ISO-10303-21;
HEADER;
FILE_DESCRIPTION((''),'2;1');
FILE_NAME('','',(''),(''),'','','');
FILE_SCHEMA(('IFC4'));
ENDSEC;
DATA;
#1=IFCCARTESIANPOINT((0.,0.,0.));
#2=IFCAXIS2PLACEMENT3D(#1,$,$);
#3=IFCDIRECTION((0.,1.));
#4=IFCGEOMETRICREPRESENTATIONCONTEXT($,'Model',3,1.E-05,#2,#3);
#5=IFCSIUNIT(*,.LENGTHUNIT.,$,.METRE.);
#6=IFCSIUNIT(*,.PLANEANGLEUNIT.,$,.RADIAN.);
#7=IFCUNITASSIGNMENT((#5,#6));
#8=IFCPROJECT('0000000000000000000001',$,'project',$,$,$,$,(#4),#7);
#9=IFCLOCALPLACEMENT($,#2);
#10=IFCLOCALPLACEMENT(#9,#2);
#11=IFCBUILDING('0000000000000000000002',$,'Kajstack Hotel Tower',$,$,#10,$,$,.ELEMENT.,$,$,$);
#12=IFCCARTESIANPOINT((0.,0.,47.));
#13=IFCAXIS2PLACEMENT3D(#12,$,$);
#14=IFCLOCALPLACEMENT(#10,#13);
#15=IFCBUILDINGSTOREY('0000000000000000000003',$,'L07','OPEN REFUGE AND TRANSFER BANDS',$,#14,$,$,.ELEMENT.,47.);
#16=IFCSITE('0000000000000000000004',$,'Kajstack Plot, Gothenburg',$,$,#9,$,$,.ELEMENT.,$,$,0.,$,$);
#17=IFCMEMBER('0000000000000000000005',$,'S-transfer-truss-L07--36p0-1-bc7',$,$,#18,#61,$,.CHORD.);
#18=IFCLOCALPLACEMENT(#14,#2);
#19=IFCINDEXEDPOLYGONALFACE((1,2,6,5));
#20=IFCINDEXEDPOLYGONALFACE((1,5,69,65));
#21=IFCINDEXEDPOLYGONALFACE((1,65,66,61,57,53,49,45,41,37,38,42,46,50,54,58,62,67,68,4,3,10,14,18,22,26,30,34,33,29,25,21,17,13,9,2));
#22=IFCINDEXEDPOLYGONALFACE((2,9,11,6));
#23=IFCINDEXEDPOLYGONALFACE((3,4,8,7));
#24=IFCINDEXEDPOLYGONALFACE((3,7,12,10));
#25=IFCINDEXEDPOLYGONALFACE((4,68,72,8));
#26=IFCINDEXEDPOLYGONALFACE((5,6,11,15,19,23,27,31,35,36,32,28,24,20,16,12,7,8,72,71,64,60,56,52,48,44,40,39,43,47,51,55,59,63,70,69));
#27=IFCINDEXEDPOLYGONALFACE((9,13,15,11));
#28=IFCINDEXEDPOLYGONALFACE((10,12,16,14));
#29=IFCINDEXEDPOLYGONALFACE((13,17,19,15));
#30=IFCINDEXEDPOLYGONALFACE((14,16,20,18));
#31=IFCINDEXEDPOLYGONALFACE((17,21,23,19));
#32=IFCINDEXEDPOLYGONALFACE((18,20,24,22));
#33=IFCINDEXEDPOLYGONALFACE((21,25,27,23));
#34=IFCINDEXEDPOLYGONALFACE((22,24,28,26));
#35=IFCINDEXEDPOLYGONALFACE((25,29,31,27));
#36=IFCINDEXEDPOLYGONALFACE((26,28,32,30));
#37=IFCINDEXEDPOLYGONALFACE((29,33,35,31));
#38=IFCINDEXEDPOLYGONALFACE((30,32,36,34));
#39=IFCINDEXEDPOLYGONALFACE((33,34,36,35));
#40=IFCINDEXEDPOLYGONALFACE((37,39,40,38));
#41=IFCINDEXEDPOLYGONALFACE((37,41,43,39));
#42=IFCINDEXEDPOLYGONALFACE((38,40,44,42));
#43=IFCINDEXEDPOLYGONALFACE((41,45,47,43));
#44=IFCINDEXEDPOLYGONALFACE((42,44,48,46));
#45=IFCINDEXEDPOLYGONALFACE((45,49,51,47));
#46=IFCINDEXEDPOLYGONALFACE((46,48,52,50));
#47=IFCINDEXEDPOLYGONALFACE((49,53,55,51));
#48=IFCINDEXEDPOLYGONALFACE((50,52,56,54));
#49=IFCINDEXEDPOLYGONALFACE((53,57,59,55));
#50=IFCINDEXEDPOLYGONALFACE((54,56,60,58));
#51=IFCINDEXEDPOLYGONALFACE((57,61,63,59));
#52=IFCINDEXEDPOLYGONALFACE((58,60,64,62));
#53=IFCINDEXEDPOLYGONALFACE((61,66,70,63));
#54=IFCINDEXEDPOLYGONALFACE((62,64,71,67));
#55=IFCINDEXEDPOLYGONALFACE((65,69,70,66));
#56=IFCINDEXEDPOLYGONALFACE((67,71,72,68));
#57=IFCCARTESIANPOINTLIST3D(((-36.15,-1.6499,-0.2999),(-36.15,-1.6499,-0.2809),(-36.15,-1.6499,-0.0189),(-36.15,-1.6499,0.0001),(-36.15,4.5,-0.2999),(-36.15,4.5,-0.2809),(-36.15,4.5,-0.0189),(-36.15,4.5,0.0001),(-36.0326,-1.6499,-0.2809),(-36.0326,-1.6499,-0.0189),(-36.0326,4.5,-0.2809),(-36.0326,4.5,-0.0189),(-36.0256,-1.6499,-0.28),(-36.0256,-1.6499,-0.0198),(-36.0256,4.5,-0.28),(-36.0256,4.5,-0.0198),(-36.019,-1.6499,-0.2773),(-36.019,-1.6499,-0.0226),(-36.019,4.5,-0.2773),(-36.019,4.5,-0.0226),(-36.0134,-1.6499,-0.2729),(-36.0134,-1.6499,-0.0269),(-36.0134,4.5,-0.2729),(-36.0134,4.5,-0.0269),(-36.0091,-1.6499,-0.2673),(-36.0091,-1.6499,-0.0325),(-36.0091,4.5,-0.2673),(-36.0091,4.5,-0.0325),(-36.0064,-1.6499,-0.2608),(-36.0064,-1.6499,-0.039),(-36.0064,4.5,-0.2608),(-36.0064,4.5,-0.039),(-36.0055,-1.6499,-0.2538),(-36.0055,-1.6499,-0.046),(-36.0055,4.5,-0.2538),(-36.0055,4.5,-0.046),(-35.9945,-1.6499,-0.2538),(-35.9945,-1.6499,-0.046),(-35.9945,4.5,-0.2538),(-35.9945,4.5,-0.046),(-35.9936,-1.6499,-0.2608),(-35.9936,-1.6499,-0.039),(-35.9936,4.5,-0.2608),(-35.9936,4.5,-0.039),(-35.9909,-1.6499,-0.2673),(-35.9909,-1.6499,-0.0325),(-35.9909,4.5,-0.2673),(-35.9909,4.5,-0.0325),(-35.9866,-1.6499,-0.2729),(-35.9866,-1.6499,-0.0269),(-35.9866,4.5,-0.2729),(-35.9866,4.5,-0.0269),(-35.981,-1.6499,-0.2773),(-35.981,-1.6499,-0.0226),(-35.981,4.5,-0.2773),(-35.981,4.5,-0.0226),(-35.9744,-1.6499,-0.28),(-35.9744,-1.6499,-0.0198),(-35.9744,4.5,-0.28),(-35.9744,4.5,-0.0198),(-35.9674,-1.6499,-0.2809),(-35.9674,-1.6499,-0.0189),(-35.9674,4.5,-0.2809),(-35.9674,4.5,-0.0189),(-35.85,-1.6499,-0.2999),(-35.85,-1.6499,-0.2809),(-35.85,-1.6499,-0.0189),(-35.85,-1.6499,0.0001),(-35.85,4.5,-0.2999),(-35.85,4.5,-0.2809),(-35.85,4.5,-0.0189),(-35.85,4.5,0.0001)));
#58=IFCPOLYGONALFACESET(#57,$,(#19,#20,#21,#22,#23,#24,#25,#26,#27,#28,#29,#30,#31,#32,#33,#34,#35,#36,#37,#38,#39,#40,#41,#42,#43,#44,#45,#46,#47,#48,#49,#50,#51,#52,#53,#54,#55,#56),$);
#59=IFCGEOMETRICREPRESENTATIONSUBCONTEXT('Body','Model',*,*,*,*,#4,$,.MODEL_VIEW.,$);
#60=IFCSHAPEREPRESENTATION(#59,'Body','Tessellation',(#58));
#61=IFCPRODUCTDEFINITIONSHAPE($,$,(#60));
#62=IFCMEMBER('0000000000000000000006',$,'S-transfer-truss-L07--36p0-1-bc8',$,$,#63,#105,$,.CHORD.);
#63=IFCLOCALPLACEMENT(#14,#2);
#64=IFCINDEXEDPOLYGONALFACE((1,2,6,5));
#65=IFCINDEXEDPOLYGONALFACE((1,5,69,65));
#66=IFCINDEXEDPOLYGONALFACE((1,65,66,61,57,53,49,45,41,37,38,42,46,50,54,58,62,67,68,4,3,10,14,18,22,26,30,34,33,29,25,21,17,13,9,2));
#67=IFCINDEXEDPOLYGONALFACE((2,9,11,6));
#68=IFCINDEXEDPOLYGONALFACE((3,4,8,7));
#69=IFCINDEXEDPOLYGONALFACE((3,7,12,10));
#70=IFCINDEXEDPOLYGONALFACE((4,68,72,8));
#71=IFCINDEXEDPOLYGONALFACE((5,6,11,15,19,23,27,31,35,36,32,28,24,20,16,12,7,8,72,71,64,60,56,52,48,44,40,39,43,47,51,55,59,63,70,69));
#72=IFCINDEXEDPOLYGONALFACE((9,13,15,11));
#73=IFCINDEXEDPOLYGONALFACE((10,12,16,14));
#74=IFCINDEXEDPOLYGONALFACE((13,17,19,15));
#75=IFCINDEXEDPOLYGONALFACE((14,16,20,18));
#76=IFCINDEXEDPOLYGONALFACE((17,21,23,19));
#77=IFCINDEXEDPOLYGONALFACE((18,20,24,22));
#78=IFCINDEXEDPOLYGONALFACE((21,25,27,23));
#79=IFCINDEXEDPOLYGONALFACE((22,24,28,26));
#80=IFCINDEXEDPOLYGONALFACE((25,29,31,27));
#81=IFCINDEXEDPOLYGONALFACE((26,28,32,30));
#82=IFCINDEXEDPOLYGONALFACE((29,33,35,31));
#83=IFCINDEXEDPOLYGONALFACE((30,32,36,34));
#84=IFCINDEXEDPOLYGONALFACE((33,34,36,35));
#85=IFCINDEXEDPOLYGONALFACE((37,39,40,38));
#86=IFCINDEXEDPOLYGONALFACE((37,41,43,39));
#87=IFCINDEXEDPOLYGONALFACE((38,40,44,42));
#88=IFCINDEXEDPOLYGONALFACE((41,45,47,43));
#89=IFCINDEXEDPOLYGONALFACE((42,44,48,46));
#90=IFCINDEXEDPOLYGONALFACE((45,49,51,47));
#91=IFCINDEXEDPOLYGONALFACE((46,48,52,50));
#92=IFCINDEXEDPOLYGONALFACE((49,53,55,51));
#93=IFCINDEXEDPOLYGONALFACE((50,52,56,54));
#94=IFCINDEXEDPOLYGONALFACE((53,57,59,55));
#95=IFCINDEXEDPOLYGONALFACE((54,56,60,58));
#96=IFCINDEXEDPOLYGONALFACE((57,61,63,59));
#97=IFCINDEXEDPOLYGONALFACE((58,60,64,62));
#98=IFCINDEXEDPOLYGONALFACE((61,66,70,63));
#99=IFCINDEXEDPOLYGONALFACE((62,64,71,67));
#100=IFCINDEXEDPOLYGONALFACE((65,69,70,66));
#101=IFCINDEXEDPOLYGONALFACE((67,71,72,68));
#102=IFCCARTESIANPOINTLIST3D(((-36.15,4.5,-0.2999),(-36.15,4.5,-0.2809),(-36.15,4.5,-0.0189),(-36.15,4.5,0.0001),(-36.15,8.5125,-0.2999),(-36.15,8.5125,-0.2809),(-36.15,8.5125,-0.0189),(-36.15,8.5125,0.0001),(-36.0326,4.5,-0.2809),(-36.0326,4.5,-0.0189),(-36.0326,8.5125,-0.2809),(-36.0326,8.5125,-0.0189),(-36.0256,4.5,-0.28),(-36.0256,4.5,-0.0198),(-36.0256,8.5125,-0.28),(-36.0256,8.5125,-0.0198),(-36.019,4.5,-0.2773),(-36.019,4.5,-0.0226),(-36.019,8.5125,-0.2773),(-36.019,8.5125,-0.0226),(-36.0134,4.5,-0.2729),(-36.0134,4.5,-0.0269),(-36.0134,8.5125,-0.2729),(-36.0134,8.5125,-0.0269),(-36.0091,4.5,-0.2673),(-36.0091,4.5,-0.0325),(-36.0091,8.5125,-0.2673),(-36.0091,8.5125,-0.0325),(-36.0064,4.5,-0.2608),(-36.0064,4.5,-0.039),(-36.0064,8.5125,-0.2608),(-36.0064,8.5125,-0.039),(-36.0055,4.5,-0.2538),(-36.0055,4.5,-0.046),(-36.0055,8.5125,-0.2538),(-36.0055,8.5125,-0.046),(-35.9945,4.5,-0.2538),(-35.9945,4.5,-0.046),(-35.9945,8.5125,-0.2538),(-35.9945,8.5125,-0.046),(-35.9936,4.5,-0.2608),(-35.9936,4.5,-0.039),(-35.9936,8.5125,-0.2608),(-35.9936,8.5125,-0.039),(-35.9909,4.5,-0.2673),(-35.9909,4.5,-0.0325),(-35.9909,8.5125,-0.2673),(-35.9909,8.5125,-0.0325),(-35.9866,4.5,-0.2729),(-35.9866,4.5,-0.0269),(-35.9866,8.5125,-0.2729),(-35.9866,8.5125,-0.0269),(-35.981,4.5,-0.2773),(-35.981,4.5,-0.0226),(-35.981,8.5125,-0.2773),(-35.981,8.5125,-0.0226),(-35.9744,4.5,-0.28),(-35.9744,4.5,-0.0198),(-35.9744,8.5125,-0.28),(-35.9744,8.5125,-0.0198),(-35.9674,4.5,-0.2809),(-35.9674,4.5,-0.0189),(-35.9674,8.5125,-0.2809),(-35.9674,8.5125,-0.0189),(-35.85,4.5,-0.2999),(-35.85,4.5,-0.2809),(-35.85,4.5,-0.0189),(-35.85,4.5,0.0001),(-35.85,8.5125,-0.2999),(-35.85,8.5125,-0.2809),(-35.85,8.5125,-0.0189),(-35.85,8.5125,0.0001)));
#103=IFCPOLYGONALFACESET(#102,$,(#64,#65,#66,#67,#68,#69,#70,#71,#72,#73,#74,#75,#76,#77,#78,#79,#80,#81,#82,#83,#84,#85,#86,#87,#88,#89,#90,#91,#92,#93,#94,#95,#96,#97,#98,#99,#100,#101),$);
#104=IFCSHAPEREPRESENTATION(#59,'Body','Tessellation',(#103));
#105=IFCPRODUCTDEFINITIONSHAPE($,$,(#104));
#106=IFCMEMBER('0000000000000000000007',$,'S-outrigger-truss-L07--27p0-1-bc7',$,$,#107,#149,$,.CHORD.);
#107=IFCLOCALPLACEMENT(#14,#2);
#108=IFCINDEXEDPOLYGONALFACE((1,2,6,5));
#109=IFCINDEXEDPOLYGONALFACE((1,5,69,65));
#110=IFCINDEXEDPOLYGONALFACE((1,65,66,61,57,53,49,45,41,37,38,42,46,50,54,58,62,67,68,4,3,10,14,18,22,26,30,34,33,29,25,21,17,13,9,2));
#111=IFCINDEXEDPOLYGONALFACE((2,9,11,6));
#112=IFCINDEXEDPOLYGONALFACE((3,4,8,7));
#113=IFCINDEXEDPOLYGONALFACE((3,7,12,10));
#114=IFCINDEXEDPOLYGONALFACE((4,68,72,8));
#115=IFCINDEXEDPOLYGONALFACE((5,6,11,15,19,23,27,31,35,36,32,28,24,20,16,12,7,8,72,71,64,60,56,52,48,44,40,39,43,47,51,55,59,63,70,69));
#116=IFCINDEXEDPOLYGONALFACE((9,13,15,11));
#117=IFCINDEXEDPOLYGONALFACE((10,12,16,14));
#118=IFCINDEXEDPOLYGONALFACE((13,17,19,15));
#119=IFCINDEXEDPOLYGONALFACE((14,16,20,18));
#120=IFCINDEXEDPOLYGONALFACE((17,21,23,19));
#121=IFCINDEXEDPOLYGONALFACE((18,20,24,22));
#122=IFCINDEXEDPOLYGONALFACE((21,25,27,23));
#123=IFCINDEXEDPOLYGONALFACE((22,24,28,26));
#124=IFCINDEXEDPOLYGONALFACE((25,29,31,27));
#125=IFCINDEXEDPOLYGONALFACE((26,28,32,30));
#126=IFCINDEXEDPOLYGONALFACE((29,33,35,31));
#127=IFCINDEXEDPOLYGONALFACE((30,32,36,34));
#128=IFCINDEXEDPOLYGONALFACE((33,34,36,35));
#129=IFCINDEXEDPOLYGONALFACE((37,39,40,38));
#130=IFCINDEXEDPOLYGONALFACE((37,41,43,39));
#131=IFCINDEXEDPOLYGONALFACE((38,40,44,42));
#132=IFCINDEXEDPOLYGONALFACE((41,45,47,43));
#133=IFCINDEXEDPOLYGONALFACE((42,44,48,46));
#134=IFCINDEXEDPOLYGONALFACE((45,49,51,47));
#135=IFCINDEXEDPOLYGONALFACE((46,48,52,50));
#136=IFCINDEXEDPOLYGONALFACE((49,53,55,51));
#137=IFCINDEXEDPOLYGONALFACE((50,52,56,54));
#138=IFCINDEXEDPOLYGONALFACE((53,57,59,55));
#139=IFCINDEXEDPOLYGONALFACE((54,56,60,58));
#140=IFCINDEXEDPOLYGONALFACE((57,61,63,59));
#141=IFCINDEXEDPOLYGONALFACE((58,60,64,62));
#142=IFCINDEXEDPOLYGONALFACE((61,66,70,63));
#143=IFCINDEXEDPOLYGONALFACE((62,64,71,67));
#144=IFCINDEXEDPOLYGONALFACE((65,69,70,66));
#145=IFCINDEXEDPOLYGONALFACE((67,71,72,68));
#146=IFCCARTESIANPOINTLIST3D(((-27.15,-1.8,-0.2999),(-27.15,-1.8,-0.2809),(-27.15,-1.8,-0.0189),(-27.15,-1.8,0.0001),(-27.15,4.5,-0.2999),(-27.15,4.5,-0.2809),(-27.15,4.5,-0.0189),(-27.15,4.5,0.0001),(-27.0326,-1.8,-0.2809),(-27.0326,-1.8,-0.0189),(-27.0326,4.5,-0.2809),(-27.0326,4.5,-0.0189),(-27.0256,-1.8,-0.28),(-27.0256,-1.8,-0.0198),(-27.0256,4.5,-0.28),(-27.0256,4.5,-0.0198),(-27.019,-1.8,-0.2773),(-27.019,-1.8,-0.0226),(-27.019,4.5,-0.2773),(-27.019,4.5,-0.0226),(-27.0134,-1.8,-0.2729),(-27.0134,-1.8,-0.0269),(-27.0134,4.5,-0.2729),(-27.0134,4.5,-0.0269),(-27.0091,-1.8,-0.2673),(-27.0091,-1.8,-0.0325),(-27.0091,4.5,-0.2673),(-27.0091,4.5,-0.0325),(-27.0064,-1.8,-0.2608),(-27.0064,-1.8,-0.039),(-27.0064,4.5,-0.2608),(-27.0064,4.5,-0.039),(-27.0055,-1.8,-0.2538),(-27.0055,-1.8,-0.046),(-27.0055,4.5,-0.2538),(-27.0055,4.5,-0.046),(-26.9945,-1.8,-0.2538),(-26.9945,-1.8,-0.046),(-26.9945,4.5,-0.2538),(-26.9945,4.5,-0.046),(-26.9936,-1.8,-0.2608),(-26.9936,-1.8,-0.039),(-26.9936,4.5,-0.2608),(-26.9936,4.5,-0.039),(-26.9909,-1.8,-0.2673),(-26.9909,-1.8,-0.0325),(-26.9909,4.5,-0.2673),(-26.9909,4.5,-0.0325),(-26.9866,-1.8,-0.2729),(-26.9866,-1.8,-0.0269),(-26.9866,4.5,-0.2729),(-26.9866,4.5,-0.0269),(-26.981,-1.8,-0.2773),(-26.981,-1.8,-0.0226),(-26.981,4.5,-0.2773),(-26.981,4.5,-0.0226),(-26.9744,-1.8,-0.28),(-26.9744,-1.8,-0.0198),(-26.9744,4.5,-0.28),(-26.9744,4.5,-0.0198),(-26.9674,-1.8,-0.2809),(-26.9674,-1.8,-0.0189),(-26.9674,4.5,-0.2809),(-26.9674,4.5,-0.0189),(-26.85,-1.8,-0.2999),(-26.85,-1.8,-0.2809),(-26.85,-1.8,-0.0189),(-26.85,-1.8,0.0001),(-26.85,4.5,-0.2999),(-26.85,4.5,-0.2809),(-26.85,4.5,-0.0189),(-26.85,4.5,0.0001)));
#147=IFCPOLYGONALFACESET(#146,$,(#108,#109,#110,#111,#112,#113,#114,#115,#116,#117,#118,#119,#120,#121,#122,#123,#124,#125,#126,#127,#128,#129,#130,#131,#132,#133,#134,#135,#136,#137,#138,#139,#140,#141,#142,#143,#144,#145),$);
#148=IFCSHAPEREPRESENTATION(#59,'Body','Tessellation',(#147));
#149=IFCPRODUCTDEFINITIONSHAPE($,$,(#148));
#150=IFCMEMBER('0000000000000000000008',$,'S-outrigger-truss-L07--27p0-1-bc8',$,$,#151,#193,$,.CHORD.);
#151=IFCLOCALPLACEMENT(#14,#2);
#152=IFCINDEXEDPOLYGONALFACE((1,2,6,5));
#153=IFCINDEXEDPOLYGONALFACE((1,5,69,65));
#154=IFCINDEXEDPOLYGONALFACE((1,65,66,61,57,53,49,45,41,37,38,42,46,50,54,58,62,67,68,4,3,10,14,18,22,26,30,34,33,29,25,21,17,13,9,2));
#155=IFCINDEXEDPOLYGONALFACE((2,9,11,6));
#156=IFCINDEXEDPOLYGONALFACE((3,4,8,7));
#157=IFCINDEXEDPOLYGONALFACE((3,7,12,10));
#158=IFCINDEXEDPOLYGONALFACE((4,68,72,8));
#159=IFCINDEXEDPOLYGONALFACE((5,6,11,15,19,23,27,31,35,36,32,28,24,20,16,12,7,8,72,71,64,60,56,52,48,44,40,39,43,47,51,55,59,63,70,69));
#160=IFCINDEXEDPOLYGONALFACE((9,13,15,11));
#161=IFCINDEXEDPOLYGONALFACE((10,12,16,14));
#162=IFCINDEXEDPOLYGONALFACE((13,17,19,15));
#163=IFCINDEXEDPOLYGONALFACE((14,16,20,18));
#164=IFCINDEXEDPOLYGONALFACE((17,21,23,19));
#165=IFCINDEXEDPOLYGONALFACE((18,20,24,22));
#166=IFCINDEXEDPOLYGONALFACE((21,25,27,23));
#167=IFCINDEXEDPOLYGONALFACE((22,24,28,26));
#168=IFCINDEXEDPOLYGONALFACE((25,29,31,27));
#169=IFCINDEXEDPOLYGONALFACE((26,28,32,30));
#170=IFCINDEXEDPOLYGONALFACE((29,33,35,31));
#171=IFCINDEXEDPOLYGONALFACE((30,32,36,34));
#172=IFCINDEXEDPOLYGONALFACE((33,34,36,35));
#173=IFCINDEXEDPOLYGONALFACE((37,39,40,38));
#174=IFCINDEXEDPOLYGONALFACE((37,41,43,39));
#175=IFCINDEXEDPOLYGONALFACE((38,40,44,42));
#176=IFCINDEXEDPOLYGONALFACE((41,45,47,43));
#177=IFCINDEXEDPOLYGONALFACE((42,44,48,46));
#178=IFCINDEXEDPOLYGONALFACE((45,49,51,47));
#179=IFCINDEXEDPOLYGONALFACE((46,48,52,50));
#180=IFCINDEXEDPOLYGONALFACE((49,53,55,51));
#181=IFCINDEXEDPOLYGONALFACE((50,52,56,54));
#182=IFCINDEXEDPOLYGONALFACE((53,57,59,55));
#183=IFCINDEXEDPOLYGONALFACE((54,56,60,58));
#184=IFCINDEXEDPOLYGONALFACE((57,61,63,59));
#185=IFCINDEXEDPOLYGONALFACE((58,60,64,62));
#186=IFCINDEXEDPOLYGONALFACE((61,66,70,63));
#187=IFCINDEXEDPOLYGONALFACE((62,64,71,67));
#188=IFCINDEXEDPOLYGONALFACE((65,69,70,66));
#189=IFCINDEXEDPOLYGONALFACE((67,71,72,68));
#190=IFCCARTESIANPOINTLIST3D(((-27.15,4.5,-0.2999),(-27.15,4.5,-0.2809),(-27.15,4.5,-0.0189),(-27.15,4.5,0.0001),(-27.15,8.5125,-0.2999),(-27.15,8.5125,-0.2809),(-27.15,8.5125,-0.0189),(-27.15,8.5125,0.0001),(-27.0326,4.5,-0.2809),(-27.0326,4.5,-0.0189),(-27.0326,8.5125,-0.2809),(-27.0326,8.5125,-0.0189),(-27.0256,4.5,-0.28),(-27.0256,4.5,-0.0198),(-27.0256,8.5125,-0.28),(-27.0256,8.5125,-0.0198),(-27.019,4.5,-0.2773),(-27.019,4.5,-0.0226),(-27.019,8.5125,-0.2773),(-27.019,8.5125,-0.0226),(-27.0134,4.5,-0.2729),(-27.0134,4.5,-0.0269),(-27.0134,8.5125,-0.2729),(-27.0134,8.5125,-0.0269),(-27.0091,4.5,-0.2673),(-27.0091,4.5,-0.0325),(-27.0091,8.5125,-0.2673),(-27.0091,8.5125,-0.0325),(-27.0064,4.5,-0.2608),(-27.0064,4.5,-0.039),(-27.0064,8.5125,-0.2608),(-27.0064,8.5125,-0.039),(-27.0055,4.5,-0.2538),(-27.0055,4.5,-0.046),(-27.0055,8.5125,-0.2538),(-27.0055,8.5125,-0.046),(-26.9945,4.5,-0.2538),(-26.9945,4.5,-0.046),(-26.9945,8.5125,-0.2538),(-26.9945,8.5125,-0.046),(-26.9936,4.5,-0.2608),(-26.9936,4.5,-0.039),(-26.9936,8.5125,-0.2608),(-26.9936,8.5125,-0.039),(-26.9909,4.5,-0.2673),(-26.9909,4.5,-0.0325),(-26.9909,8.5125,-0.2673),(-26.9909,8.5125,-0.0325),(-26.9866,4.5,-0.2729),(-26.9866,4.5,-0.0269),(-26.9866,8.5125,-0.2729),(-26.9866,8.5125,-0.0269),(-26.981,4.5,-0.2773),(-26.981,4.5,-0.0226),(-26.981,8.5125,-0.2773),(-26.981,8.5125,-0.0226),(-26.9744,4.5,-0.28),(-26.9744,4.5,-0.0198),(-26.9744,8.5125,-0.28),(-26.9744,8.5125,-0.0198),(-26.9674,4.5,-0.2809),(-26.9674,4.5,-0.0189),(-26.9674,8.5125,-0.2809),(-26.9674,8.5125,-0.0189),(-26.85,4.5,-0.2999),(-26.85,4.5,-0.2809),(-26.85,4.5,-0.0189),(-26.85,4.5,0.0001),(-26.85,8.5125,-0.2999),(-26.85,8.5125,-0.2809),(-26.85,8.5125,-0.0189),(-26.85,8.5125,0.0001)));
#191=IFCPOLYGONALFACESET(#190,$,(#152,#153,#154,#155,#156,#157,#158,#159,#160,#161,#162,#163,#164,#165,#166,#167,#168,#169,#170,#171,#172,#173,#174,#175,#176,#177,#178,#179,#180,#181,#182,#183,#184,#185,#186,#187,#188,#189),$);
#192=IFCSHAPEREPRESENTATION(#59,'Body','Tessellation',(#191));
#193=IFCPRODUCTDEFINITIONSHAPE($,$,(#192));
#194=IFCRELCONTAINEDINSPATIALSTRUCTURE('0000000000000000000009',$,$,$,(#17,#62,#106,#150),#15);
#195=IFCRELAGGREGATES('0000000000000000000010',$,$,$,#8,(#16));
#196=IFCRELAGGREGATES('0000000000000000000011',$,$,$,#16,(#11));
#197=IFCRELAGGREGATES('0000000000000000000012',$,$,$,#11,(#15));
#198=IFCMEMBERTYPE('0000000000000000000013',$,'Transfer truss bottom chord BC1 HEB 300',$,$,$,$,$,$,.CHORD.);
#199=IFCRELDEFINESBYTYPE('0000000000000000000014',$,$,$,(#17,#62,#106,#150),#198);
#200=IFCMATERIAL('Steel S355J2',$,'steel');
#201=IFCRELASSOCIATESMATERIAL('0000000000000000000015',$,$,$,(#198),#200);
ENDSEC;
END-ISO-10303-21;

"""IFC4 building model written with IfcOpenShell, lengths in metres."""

from ifc_helpers import new_model, si_unit, direction, frame, origin, origin_2d, place, context, subcontext, project, spatial, i_section, extrude, material, material_profile, profile_set, type_object, element, save


model = new_model("IFC4")

# Units and contexts
model_context = context("Model", 3, precision=1e-05, world=origin(), true_north=direction((0.0, 1.0)))
body_context = subcontext(model_context, "Body", "Model", "MODEL_VIEW")
ifc_project = project(units=[si_unit("LENGTHUNIT", "METRE"), si_unit("PLANEANGLEUNIT", "RADIAN")], contexts=[model_context])

# Site, building, storey
site_placement = place(None, origin())
site = spatial("IfcSite", under=ifc_project, at=site_placement, Name="Kajstack Plot, Gothenburg", CompositionType="ELEMENT", RefElevation=0.0)
building_placement = place(site_placement, origin())
building = spatial("IfcBuilding", under=site, at=building_placement, Name="Kajstack Hotel Tower", CompositionType="ELEMENT")
storey_placement = place(building_placement, frame((0.0, 0.0, 47.0)))
storey = spatial("IfcBuildingStorey", under=building, at=storey_placement, Name="L07", Description="OPEN REFUGE AND TRANSFER BANDS", CompositionType="ELEMENT", Elevation=47.0)

# Members
ifc_material_1 = material(Name="Steel S355J2", Category="steel")
ifc_material_profile_1 = material_profile(ifc_material_1, i_section(OverallWidth=0.3, OverallDepth=0.3, WebThickness=0.011, FlangeThickness=0.019, FilletRadius=0.0271, at=origin_2d()), Name="HEB 300")
ifc_profile_set_1 = profile_set([ifc_material_profile_1], Name="Steel S355J2")
member_type_1 = type_object("IfcMemberType", Name="Transfer truss bottom chord BC1 HEB 300", PredefinedType="CHORD", material=ifc_profile_set_1)
member_1_placement = place(storey_placement, frame((-36.0, -1.6499, -0.1499), z_axis=(0.0, 1.0, 0.0), x_axis=(-1.0, 0.0, 0.0)))
element("IfcMember", 1, at=member_1_placement, inside=storey, type_object=member_type_1, Name="S-transfer-truss-L07--36p0-1-bc7", PredefinedType="CHORD", context=body_context, shape_type="SweptSolid", body=[
    extrude(i_section(OverallWidth=0.3, OverallDepth=0.3, WebThickness=0.011, FlangeThickness=0.019, FilletRadius=0.0271, at=origin_2d()), origin(), (0.0, 0.0, 1.0), 6.1499),
])
member_2_placement = place(storey_placement, frame((-36.0, 4.5, -0.1499), z_axis=(0.0, 1.0, 0.0), x_axis=(-1.0, 0.0, 0.0)))
element("IfcMember", 2, at=member_2_placement, inside=storey, type_object=member_type_1, Name="S-transfer-truss-L07--36p0-1-bc8", PredefinedType="CHORD", context=body_context, shape_type="SweptSolid", body=[
    extrude(i_section(OverallWidth=0.3, OverallDepth=0.3, WebThickness=0.011, FlangeThickness=0.019, FilletRadius=0.0271, at=origin_2d()), origin(), (0.0, 0.0, 1.0), 4.0125),
])
member_3_placement = place(storey_placement, frame((-27.0, -1.8, -0.1499), z_axis=(0.0, 1.0, 0.0), x_axis=(-1.0, 0.0, 0.0)))
element("IfcMember", 3, at=member_3_placement, inside=storey, type_object=member_type_1, Name="S-outrigger-truss-L07--27p0-1-bc7", PredefinedType="CHORD", context=body_context, shape_type="SweptSolid", body=[
    extrude(i_section(OverallWidth=0.3, OverallDepth=0.3, WebThickness=0.011, FlangeThickness=0.019, FilletRadius=0.0271, at=origin_2d()), origin(), (0.0, 0.0, 1.0), 6.3),
])
member_4_placement = place(storey_placement, frame((-27.0, 4.5, -0.1499), z_axis=(0.0, 1.0, 0.0), x_axis=(-1.0, 0.0, 0.0)))
element("IfcMember", 4, at=member_4_placement, inside=storey, type_object=member_type_1, Name="S-outrigger-truss-L07--27p0-1-bc8", PredefinedType="CHORD", context=body_context, shape_type="SweptSolid", body=[
    extrude(i_section(OverallWidth=0.3, OverallDepth=0.3, WebThickness=0.011, FlangeThickness=0.019, FilletRadius=0.0271, at=origin_2d()), origin(), (0.0, 0.0, 1.0), 4.0125),
])

save(model, "model.ifc")
